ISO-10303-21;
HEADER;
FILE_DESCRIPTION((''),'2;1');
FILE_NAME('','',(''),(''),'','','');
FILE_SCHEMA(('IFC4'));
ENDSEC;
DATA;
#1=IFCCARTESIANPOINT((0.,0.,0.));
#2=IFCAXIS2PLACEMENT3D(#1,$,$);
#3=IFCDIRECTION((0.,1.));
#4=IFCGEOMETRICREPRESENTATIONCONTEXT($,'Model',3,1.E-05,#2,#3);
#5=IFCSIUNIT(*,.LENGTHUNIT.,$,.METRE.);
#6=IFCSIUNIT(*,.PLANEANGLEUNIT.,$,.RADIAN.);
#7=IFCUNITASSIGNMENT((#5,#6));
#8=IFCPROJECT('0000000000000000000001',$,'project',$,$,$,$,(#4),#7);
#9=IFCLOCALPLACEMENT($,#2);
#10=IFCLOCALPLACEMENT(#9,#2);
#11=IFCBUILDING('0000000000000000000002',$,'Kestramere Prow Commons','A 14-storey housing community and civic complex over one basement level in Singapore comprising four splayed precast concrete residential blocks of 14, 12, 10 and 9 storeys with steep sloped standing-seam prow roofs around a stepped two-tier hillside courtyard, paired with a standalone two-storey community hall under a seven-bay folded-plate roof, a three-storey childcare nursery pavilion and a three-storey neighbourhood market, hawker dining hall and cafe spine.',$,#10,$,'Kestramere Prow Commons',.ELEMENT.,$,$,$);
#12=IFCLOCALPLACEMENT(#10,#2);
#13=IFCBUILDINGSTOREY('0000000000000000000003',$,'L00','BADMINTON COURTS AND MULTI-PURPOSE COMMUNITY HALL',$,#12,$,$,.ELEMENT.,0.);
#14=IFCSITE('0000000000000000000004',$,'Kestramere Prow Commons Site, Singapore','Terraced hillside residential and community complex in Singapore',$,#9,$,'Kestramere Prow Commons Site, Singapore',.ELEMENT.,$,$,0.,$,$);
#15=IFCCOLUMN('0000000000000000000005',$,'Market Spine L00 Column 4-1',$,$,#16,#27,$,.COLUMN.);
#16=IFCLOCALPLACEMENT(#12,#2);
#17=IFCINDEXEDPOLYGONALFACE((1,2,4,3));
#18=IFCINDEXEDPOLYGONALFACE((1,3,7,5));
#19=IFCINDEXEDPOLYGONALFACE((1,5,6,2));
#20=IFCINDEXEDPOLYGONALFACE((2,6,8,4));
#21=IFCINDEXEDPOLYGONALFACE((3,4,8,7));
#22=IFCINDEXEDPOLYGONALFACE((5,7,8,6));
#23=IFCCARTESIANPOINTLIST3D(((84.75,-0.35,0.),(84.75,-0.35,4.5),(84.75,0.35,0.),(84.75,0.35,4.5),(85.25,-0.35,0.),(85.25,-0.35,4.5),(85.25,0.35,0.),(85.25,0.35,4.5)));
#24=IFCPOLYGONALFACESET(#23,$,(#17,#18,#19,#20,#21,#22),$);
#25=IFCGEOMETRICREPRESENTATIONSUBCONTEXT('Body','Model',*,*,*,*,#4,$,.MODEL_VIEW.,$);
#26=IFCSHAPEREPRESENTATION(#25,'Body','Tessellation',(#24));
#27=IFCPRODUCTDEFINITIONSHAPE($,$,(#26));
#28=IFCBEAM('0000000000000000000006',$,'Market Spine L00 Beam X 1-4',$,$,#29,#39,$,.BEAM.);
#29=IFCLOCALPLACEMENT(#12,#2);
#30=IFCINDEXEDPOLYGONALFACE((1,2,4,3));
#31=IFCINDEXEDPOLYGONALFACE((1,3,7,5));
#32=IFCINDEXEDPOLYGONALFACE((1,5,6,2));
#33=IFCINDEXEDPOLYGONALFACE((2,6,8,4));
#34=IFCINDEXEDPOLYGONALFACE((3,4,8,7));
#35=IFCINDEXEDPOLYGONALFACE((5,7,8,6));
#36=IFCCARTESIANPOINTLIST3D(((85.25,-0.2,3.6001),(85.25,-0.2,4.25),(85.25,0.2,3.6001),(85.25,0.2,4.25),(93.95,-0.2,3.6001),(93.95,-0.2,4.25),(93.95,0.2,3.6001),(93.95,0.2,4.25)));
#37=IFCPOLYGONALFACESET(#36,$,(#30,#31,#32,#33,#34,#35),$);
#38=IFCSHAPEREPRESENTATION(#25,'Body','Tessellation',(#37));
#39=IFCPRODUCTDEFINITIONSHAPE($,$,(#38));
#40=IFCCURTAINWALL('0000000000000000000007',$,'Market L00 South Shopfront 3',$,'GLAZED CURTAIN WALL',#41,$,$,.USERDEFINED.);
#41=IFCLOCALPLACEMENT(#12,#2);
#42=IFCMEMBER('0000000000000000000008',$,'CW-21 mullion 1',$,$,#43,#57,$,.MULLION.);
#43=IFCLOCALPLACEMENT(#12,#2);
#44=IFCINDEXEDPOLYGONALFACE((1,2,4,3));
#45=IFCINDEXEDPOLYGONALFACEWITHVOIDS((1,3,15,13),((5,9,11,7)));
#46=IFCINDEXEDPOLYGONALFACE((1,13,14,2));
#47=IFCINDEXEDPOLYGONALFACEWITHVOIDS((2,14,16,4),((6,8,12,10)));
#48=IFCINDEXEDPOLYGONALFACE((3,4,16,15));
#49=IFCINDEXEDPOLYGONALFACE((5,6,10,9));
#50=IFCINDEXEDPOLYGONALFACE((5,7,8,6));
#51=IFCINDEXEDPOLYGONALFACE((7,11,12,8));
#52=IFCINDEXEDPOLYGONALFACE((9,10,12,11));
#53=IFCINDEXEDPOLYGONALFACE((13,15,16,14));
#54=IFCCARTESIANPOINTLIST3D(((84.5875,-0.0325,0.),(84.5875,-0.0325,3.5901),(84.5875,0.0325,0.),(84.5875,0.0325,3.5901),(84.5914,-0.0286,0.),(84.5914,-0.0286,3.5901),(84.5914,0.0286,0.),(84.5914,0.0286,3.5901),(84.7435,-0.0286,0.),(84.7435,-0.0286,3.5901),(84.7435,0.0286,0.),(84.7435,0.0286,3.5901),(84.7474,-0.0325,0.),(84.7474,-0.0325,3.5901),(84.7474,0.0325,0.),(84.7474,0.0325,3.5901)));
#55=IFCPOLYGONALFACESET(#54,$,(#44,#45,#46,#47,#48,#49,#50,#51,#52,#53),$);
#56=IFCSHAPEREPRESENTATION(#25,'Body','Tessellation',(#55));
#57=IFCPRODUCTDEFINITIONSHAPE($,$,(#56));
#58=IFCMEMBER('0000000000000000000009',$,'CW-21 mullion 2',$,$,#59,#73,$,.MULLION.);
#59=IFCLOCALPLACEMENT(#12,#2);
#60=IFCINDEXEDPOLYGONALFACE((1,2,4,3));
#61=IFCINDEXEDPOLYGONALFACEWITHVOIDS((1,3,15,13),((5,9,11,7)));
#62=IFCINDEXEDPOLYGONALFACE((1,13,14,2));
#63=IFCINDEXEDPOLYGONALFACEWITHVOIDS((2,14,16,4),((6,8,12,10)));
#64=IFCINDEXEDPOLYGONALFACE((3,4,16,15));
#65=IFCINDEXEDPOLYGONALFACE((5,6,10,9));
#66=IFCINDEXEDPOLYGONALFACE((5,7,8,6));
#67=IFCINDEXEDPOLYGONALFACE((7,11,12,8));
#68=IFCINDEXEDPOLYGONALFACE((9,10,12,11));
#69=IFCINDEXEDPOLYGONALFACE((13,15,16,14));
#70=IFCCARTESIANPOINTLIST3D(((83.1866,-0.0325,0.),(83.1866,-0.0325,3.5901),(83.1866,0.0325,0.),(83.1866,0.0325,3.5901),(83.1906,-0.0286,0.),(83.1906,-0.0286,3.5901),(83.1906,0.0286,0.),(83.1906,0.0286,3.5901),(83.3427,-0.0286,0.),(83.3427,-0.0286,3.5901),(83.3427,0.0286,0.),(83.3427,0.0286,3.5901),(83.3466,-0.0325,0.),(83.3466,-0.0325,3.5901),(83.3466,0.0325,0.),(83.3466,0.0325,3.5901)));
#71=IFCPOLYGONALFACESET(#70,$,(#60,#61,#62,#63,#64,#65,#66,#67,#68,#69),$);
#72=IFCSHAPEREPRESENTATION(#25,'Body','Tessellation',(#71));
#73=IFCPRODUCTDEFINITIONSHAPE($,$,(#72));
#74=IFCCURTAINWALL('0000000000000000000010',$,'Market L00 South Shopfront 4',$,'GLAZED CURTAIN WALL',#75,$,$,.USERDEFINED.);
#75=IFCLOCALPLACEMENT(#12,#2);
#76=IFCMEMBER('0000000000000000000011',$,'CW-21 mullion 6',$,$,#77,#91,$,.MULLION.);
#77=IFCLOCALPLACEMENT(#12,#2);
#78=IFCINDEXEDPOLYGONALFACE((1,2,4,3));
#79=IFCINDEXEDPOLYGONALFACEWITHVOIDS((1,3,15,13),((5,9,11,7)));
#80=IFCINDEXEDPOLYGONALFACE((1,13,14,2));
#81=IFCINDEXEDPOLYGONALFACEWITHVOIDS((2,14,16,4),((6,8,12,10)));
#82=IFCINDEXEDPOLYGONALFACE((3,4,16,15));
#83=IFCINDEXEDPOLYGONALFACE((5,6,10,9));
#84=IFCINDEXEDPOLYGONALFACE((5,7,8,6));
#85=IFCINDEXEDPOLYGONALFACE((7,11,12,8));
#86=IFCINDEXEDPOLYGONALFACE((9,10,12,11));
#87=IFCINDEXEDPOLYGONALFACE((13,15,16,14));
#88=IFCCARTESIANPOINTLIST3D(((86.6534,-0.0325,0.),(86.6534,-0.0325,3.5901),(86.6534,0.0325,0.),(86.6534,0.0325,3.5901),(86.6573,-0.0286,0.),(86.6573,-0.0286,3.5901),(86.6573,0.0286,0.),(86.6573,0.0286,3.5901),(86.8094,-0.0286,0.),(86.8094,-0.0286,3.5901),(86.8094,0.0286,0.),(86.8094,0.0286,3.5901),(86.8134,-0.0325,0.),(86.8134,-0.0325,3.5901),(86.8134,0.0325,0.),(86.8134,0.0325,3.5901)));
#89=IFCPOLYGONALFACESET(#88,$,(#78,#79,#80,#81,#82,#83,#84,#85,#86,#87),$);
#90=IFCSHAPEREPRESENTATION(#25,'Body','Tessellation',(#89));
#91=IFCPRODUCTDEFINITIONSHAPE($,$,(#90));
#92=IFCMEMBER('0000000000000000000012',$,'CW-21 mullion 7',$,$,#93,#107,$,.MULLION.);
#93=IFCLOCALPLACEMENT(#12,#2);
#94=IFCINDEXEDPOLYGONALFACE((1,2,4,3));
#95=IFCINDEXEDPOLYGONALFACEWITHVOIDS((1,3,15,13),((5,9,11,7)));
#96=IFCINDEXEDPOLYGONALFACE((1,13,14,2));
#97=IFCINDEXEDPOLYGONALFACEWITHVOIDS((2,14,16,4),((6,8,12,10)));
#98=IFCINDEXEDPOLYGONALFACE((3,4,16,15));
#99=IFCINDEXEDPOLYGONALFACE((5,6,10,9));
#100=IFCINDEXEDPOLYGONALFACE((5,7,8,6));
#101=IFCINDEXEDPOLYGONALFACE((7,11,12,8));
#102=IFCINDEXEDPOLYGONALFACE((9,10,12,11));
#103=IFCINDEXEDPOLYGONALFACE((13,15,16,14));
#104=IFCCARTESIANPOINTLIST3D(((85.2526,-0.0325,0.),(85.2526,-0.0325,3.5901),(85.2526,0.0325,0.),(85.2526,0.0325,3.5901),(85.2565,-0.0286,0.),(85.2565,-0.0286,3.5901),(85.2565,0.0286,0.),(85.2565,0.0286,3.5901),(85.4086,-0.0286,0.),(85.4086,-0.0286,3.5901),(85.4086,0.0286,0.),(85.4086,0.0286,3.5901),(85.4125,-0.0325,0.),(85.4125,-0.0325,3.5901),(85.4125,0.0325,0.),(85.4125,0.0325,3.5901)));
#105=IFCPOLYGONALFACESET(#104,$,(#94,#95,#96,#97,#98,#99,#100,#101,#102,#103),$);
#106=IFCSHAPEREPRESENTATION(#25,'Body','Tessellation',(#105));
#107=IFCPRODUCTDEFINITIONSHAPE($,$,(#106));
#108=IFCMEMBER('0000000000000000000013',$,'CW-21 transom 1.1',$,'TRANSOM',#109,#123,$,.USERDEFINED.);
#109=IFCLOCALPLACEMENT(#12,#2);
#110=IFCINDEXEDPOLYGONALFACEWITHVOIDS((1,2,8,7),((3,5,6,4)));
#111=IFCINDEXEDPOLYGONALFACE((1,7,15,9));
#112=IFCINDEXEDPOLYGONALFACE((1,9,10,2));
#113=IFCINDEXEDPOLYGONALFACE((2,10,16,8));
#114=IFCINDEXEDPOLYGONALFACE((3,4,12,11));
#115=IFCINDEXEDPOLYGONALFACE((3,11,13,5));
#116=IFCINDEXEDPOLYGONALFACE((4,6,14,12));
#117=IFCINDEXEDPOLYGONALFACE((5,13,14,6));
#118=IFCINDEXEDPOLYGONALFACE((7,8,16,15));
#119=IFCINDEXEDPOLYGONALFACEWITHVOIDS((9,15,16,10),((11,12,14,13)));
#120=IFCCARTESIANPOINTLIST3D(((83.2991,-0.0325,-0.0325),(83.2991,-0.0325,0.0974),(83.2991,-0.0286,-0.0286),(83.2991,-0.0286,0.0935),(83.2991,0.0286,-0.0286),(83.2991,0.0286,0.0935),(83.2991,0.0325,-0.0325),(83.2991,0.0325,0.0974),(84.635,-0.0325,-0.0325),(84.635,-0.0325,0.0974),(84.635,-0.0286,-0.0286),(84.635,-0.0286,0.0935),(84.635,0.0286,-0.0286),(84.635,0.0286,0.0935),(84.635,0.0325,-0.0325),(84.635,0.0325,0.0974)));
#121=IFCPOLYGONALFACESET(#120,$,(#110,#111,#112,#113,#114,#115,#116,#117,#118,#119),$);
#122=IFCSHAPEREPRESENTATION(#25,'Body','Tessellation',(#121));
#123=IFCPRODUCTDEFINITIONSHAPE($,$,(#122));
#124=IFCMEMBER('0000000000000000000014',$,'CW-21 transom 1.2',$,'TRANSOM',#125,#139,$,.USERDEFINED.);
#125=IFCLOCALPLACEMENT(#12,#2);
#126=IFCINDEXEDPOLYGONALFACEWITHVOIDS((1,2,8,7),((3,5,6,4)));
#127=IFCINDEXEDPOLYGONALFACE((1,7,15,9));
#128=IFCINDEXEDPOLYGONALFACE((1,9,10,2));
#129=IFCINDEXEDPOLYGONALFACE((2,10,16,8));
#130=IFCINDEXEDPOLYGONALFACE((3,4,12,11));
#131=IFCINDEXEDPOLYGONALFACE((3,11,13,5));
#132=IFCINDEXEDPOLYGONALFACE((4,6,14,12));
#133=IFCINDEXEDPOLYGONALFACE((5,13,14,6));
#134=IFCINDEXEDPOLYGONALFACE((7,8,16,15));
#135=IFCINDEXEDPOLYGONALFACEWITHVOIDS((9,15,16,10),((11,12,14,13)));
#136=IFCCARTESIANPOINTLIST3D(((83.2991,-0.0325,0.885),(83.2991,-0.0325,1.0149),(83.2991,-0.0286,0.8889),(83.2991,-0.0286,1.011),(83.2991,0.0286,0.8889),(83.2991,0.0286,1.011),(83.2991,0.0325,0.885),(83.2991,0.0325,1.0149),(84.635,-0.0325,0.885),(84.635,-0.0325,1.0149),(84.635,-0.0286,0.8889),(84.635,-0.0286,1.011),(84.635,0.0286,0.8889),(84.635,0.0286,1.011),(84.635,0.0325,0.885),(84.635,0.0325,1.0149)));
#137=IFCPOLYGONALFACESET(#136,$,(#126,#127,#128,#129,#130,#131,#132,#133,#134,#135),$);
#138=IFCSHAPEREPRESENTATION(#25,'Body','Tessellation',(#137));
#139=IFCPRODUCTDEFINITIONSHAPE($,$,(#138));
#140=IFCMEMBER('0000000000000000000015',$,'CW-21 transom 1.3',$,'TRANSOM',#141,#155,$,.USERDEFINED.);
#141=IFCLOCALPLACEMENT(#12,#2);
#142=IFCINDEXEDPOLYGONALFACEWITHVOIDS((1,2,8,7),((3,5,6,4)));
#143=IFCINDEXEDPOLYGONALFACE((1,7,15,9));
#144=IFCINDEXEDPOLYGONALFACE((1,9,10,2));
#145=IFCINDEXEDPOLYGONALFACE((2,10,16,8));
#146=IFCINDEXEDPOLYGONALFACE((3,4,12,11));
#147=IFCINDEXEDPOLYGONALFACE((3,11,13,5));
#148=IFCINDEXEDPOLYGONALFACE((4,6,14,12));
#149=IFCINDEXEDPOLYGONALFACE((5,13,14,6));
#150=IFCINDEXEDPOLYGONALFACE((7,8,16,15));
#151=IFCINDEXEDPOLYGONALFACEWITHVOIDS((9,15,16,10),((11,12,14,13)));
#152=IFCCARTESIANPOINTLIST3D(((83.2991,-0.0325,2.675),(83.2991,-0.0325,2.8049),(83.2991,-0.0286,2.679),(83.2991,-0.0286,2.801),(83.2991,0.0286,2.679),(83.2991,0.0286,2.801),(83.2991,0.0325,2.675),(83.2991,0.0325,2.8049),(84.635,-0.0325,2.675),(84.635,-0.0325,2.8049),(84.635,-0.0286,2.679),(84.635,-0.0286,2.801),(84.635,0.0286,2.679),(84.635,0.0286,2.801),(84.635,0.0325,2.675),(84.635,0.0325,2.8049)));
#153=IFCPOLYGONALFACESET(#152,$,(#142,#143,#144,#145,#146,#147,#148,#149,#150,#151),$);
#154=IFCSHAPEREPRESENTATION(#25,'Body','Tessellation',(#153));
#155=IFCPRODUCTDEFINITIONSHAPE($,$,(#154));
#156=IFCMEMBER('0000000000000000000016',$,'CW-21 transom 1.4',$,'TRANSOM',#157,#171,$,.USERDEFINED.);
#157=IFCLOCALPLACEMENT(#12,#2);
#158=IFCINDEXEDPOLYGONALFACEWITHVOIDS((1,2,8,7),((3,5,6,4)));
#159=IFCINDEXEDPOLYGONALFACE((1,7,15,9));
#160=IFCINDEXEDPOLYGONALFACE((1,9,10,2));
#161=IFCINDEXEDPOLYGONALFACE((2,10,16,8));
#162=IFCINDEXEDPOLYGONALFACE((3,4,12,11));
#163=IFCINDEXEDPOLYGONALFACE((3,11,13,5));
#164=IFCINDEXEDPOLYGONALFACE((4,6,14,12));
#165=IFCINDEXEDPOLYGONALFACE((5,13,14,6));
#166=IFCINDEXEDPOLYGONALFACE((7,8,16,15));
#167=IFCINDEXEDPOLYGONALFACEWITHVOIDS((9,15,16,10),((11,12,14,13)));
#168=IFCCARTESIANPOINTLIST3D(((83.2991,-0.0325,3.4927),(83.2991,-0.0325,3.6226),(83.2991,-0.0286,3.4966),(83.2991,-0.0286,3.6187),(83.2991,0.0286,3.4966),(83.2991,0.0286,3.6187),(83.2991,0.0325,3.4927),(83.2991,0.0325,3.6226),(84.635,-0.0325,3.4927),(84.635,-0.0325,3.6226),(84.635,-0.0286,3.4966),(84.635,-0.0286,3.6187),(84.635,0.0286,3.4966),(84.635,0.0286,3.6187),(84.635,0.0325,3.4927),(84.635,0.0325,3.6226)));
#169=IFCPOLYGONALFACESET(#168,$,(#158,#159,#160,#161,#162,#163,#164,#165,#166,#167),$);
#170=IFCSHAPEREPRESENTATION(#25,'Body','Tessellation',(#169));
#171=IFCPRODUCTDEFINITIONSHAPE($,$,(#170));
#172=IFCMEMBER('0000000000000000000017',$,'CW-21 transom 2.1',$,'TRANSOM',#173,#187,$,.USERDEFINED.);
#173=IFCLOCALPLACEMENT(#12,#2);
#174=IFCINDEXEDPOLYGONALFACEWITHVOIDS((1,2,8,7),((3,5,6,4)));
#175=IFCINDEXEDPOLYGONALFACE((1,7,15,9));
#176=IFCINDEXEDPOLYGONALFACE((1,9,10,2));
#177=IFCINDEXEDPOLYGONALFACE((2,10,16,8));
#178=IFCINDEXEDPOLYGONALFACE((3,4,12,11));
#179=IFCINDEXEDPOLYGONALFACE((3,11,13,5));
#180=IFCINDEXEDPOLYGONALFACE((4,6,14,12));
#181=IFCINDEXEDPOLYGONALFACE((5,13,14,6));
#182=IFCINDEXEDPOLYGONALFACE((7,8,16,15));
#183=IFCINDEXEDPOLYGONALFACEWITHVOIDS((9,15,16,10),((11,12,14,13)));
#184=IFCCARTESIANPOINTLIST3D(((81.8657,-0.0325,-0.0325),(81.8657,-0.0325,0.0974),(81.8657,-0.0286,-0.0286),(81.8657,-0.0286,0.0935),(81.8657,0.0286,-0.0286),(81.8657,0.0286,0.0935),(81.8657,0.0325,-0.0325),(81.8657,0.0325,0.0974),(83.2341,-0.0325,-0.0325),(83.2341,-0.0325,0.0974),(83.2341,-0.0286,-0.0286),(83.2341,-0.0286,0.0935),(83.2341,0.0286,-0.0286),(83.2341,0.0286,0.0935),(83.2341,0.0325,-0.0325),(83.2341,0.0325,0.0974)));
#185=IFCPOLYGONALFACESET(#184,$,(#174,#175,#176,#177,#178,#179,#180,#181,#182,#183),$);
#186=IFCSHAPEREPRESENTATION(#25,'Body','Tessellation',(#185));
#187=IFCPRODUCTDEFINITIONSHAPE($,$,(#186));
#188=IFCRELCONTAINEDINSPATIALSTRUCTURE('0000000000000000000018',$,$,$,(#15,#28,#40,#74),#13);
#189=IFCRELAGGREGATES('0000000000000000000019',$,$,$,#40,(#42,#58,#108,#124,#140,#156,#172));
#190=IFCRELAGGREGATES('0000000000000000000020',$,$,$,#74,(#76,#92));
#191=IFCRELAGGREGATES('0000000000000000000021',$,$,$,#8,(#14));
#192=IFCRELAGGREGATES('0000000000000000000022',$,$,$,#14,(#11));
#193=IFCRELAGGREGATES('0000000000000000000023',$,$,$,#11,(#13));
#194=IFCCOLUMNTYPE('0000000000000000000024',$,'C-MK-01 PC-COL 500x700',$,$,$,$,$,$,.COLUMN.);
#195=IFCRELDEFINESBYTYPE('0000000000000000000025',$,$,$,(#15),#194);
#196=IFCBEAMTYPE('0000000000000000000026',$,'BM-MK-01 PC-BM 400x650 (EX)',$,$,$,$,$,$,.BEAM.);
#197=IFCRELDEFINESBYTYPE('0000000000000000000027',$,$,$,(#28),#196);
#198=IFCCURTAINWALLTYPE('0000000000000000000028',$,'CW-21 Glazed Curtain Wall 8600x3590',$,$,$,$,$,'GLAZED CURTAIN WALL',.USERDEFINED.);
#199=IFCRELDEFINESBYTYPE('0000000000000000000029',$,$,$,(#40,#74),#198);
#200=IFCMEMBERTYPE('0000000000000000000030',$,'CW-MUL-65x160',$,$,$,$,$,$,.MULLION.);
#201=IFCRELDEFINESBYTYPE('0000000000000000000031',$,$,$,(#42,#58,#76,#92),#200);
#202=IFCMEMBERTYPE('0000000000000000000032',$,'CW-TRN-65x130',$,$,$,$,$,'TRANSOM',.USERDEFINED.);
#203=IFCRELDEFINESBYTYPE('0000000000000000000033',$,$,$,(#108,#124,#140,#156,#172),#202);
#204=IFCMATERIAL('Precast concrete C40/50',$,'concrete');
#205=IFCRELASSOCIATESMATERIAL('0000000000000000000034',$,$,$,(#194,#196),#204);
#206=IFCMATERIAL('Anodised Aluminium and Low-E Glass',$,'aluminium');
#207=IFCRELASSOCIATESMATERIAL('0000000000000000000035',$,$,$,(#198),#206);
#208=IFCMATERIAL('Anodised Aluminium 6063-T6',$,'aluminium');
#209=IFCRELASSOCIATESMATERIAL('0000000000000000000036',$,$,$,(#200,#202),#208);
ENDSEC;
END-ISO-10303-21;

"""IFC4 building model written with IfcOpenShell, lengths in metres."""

from ifc_helpers import new_model, si_unit, direction, frame, origin, origin_2d, place, context, subcontext, project, spatial, rectangle, hollow_rectangle, extrude, material, material_profile, profile_set, type_object, element, aggregate, save


model = new_model("IFC4")

# Units and contexts
model_context = context("Model", 3, precision=1e-05, world=origin(), true_north=direction((0.0, 1.0)))
body_context = subcontext(model_context, "Body", "Model", "MODEL_VIEW")
ifc_project = project(units=[si_unit("LENGTHUNIT", "METRE"), si_unit("PLANEANGLEUNIT", "RADIAN")], contexts=[model_context])

# Site, building, storey
site_placement = place(None, origin())
site = spatial("IfcSite", under=ifc_project, at=site_placement, Name="Kestramere Prow Commons Site, Singapore", Description="Terraced hillside residential and community complex in Singapore", LongName="Kestramere Prow Commons Site, Singapore", CompositionType="ELEMENT", RefElevation=0.0)
building_placement = place(site_placement, origin())
building = spatial("IfcBuilding", under=site, at=building_placement, Name="Kestramere Prow Commons", Description="A 14-storey housing community and civic complex over one basement level in Singapore comprising four splayed precast concrete residential blocks of 14, 12, 10 and 9 storeys with steep sloped standing-seam prow roofs around a stepped two-tier hillside courtyard, paired with a standalone two-storey community hall under a seven-bay folded-plate roof, a three-storey childcare nursery pavilion and a three-storey neighbourhood market, hawker dining hall and cafe spine.", LongName="Kestramere Prow Commons", CompositionType="ELEMENT")
storey_placement = place(building_placement, origin())
storey = spatial("IfcBuildingStorey", under=building, at=storey_placement, Name="L00", Description="BADMINTON COURTS AND MULTI-PURPOSE COMMUNITY HALL", CompositionType="ELEMENT", Elevation=0.0)

# Column
ifc_material_1 = material(Name="Precast concrete C40/50", Category="concrete")
ifc_material_profile_1 = material_profile(ifc_material_1, rectangle(XDim=0.5, YDim=0.7, at=origin_2d()), Name="PC-COL 500x700")
ifc_profile_set_1 = profile_set([ifc_material_profile_1], Name="Precast concrete C40/50")
column_type = type_object("IfcColumnType", Name="C-MK-01 PC-COL 500x700", PredefinedType="COLUMN", material=ifc_profile_set_1)
column_placement = place(storey_placement, frame((85.0, 0.0, 0.0), z_axis=(0.0, 0.0, 1.0), x_axis=(1.0, 0.0, 0.0)))
element("IfcColumn", 1, at=column_placement, inside=storey, type_object=column_type, Name="Market Spine L00 Column 4-1", PredefinedType="COLUMN", context=body_context, shape_type="SweptSolid", body=[
    extrude(rectangle(XDim=0.5, YDim=0.7, at=origin_2d()), origin(), (0.0, 0.0, 1.0), 4.5),
])

# Beam
ifc_material_profile_2 = material_profile(ifc_material_1, rectangle(XDim=0.3999, YDim=0.6499, at=origin_2d()), Name="PC-BM 400x650")
ifc_profile_set_2 = profile_set([ifc_material_profile_2], Name="Precast concrete C40/50")
beam_type = type_object("IfcBeamType", Name="BM-MK-01 PC-BM 400x650 (EX)", PredefinedType="BEAM", material=ifc_profile_set_2)
beam_placement = place(storey_placement, frame((85.25, 0.0, 3.925), z_axis=(1.0, 0.0, 0.0), x_axis=(0.0, 1.0, 0.0)))
element("IfcBeam", 2, at=beam_placement, inside=storey, type_object=beam_type, Name="Market Spine L00 Beam X 1-4", PredefinedType="BEAM", context=body_context, shape_type="SweptSolid", body=[
    extrude(rectangle(XDim=0.3999, YDim=0.6499, at=origin_2d()), origin(), (0.0, 0.0, 1.0), 8.7),
])

# Curtain walls, members
ifc_material_2 = material(Name="Anodised Aluminium and Low-E Glass", Category="aluminium")
curtain_wall_type = type_object("IfcCurtainWallType", Name="CW-21 Glazed Curtain Wall 8600x3590", ElementType="GLAZED CURTAIN WALL", PredefinedType="USERDEFINED", material=ifc_material_2)
curtain_wall_1_placement = place(storey_placement, origin())
curtain_wall_1 = element("IfcCurtainWall", 3, at=curtain_wall_1_placement, inside=storey, type_object=curtain_wall_type, Name="Market L00 South Shopfront 3", ObjectType="GLAZED CURTAIN WALL", PredefinedType="USERDEFINED")
ifc_material_3 = material(Name="Anodised Aluminium 6063-T6", Category="aluminium")
ifc_material_profile_3 = material_profile(ifc_material_3, hollow_rectangle(XDim=0.0649, YDim=0.1599, WallThickness=0.0039, at=origin_2d()), Name="ALU-MUL 65x160")
ifc_profile_set_3 = profile_set([ifc_material_profile_3], Name="Anodised Aluminium 6063-T6")
member_type_1 = type_object("IfcMemberType", Name="CW-MUL-65x160", PredefinedType="MULLION", material=ifc_profile_set_3)
member_1_placement = place(storey_placement, frame((84.6675, 0.0, 0.0), z_axis=(0.0, 0.0, 1.0), x_axis=(0.0, -1.0, 0.0)))
member_1 = element("IfcMember", 4, at=member_1_placement, type_object=member_type_1, Name="CW-21 mullion 1", PredefinedType="MULLION", context=body_context, shape_type="SweptSolid", body=[
    extrude(hollow_rectangle(XDim=0.0649, YDim=0.1599, WallThickness=0.0039, at=origin_2d()), origin(), (0.0, 0.0, 1.0), 3.5901),
])
member_2_placement = place(storey_placement, frame((83.2666, 0.0, 0.0), z_axis=(0.0, 0.0, 1.0), x_axis=(0.0, -1.0, 0.0)))
member_2 = element("IfcMember", 5, at=member_2_placement, type_object=member_type_1, Name="CW-21 mullion 2", PredefinedType="MULLION", context=body_context, shape_type="SweptSolid", body=[
    extrude(hollow_rectangle(XDim=0.0649, YDim=0.1599, WallThickness=0.0039, at=origin_2d()), origin(), (0.0, 0.0, 1.0), 3.5901),
])
curtain_wall_2_placement = place(storey_placement, origin())
curtain_wall_2 = element("IfcCurtainWall", 6, at=curtain_wall_2_placement, inside=storey, type_object=curtain_wall_type, Name="Market L00 South Shopfront 4", ObjectType="GLAZED CURTAIN WALL", PredefinedType="USERDEFINED")
member_3_placement = place(storey_placement, frame((86.7334, 0.0, 0.0), z_axis=(0.0, 0.0, 1.0), x_axis=(0.0, -1.0, 0.0)))
member_3 = element("IfcMember", 7, at=member_3_placement, type_object=member_type_1, Name="CW-21 mullion 6", PredefinedType="MULLION", context=body_context, shape_type="SweptSolid", body=[
    extrude(hollow_rectangle(XDim=0.0649, YDim=0.1599, WallThickness=0.0039, at=origin_2d()), origin(), (0.0, 0.0, 1.0), 3.5901),
])
member_4_placement = place(storey_placement, frame((85.3325, 0.0, 0.0), z_axis=(0.0, 0.0, 1.0), x_axis=(0.0, -1.0, 0.0)))
member_4 = element("IfcMember", 8, at=member_4_placement, type_object=member_type_1, Name="CW-21 mullion 7", PredefinedType="MULLION", context=body_context, shape_type="SweptSolid", body=[
    extrude(hollow_rectangle(XDim=0.0649, YDim=0.1599, WallThickness=0.0039, at=origin_2d()), origin(), (0.0, 0.0, 1.0), 3.5901),
])

# Members
ifc_material_profile_4 = material_profile(ifc_material_3, hollow_rectangle(XDim=0.0649, YDim=0.1299, WallThickness=0.0039, at=origin_2d()), Name="ALU-TRN 65x130")
ifc_profile_set_4 = profile_set([ifc_material_profile_4], Name="Anodised Aluminium 6063-T6")
member_type_2 = type_object("IfcMemberType", Name="CW-TRN-65x130", ElementType="TRANSOM", PredefinedType="USERDEFINED", material=ifc_profile_set_4)
member_5_placement = place(storey_placement, frame((84.635, 0.0, 0.0325), z_axis=(-1.0, 0.0, 0.0), x_axis=(0.0, -1.0, 0.0)))
member_5 = element("IfcMember", 9, at=member_5_placement, type_object=member_type_2, Name="CW-21 transom 1.1", ObjectType="TRANSOM", PredefinedType="USERDEFINED", context=body_context, shape_type="SweptSolid", body=[
    extrude(hollow_rectangle(XDim=0.0649, YDim=0.1299, WallThickness=0.0039, at=origin_2d()), origin(), (0.0, 0.0, 1.0), 1.3359),
])
member_6_placement = place(storey_placement, frame((84.635, 0.0, 0.95), z_axis=(-1.0, 0.0, 0.0), x_axis=(0.0, -1.0, 0.0)))
member_6 = element("IfcMember", 10, at=member_6_placement, type_object=member_type_2, Name="CW-21 transom 1.2", ObjectType="TRANSOM", PredefinedType="USERDEFINED", context=body_context, shape_type="SweptSolid", body=[
    extrude(hollow_rectangle(XDim=0.0649, YDim=0.1299, WallThickness=0.0039, at=origin_2d()), origin(), (0.0, 0.0, 1.0), 1.3359),
])
member_7_placement = place(storey_placement, frame((84.635, 0.0, 2.74), z_axis=(-1.0, 0.0, 0.0), x_axis=(0.0, -1.0, 0.0)))
member_7 = element("IfcMember", 11, at=member_7_placement, type_object=member_type_2, Name="CW-21 transom 1.3", ObjectType="TRANSOM", PredefinedType="USERDEFINED", context=body_context, shape_type="SweptSolid", body=[
    extrude(hollow_rectangle(XDim=0.0649, YDim=0.1299, WallThickness=0.0039, at=origin_2d()), origin(), (0.0, 0.0, 1.0), 1.3359),
])
member_8_placement = place(storey_placement, frame((84.635, 0.0, 3.5576), z_axis=(-1.0, 0.0, 0.0), x_axis=(0.0, -1.0, 0.0)))
member_8 = element("IfcMember", 12, at=member_8_placement, type_object=member_type_2, Name="CW-21 transom 1.4", ObjectType="TRANSOM", PredefinedType="USERDEFINED", context=body_context, shape_type="SweptSolid", body=[
    extrude(hollow_rectangle(XDim=0.0649, YDim=0.1299, WallThickness=0.0039, at=origin_2d()), origin(), (0.0, 0.0, 1.0), 1.3359),
])
member_9_placement = place(storey_placement, frame((83.2341, 0.0, 0.0325), z_axis=(-1.0, 0.0, 0.0), x_axis=(0.0, -1.0, 0.0)))
member_9 = element("IfcMember", 13, at=member_9_placement, type_object=member_type_2, Name="CW-21 transom 2.1", ObjectType="TRANSOM", PredefinedType="USERDEFINED", context=body_context, shape_type="SweptSolid", body=[
    extrude(hollow_rectangle(XDim=0.0649, YDim=0.1299, WallThickness=0.0039, at=origin_2d()), origin(), (0.0, 0.0, 1.0), 1.3684),
])

aggregate(curtain_wall_1, [member_1, member_2, member_5, member_6, member_7, member_8, member_9])
aggregate(curtain_wall_2, [member_3, member_4])

save(model, "model.ifc")
